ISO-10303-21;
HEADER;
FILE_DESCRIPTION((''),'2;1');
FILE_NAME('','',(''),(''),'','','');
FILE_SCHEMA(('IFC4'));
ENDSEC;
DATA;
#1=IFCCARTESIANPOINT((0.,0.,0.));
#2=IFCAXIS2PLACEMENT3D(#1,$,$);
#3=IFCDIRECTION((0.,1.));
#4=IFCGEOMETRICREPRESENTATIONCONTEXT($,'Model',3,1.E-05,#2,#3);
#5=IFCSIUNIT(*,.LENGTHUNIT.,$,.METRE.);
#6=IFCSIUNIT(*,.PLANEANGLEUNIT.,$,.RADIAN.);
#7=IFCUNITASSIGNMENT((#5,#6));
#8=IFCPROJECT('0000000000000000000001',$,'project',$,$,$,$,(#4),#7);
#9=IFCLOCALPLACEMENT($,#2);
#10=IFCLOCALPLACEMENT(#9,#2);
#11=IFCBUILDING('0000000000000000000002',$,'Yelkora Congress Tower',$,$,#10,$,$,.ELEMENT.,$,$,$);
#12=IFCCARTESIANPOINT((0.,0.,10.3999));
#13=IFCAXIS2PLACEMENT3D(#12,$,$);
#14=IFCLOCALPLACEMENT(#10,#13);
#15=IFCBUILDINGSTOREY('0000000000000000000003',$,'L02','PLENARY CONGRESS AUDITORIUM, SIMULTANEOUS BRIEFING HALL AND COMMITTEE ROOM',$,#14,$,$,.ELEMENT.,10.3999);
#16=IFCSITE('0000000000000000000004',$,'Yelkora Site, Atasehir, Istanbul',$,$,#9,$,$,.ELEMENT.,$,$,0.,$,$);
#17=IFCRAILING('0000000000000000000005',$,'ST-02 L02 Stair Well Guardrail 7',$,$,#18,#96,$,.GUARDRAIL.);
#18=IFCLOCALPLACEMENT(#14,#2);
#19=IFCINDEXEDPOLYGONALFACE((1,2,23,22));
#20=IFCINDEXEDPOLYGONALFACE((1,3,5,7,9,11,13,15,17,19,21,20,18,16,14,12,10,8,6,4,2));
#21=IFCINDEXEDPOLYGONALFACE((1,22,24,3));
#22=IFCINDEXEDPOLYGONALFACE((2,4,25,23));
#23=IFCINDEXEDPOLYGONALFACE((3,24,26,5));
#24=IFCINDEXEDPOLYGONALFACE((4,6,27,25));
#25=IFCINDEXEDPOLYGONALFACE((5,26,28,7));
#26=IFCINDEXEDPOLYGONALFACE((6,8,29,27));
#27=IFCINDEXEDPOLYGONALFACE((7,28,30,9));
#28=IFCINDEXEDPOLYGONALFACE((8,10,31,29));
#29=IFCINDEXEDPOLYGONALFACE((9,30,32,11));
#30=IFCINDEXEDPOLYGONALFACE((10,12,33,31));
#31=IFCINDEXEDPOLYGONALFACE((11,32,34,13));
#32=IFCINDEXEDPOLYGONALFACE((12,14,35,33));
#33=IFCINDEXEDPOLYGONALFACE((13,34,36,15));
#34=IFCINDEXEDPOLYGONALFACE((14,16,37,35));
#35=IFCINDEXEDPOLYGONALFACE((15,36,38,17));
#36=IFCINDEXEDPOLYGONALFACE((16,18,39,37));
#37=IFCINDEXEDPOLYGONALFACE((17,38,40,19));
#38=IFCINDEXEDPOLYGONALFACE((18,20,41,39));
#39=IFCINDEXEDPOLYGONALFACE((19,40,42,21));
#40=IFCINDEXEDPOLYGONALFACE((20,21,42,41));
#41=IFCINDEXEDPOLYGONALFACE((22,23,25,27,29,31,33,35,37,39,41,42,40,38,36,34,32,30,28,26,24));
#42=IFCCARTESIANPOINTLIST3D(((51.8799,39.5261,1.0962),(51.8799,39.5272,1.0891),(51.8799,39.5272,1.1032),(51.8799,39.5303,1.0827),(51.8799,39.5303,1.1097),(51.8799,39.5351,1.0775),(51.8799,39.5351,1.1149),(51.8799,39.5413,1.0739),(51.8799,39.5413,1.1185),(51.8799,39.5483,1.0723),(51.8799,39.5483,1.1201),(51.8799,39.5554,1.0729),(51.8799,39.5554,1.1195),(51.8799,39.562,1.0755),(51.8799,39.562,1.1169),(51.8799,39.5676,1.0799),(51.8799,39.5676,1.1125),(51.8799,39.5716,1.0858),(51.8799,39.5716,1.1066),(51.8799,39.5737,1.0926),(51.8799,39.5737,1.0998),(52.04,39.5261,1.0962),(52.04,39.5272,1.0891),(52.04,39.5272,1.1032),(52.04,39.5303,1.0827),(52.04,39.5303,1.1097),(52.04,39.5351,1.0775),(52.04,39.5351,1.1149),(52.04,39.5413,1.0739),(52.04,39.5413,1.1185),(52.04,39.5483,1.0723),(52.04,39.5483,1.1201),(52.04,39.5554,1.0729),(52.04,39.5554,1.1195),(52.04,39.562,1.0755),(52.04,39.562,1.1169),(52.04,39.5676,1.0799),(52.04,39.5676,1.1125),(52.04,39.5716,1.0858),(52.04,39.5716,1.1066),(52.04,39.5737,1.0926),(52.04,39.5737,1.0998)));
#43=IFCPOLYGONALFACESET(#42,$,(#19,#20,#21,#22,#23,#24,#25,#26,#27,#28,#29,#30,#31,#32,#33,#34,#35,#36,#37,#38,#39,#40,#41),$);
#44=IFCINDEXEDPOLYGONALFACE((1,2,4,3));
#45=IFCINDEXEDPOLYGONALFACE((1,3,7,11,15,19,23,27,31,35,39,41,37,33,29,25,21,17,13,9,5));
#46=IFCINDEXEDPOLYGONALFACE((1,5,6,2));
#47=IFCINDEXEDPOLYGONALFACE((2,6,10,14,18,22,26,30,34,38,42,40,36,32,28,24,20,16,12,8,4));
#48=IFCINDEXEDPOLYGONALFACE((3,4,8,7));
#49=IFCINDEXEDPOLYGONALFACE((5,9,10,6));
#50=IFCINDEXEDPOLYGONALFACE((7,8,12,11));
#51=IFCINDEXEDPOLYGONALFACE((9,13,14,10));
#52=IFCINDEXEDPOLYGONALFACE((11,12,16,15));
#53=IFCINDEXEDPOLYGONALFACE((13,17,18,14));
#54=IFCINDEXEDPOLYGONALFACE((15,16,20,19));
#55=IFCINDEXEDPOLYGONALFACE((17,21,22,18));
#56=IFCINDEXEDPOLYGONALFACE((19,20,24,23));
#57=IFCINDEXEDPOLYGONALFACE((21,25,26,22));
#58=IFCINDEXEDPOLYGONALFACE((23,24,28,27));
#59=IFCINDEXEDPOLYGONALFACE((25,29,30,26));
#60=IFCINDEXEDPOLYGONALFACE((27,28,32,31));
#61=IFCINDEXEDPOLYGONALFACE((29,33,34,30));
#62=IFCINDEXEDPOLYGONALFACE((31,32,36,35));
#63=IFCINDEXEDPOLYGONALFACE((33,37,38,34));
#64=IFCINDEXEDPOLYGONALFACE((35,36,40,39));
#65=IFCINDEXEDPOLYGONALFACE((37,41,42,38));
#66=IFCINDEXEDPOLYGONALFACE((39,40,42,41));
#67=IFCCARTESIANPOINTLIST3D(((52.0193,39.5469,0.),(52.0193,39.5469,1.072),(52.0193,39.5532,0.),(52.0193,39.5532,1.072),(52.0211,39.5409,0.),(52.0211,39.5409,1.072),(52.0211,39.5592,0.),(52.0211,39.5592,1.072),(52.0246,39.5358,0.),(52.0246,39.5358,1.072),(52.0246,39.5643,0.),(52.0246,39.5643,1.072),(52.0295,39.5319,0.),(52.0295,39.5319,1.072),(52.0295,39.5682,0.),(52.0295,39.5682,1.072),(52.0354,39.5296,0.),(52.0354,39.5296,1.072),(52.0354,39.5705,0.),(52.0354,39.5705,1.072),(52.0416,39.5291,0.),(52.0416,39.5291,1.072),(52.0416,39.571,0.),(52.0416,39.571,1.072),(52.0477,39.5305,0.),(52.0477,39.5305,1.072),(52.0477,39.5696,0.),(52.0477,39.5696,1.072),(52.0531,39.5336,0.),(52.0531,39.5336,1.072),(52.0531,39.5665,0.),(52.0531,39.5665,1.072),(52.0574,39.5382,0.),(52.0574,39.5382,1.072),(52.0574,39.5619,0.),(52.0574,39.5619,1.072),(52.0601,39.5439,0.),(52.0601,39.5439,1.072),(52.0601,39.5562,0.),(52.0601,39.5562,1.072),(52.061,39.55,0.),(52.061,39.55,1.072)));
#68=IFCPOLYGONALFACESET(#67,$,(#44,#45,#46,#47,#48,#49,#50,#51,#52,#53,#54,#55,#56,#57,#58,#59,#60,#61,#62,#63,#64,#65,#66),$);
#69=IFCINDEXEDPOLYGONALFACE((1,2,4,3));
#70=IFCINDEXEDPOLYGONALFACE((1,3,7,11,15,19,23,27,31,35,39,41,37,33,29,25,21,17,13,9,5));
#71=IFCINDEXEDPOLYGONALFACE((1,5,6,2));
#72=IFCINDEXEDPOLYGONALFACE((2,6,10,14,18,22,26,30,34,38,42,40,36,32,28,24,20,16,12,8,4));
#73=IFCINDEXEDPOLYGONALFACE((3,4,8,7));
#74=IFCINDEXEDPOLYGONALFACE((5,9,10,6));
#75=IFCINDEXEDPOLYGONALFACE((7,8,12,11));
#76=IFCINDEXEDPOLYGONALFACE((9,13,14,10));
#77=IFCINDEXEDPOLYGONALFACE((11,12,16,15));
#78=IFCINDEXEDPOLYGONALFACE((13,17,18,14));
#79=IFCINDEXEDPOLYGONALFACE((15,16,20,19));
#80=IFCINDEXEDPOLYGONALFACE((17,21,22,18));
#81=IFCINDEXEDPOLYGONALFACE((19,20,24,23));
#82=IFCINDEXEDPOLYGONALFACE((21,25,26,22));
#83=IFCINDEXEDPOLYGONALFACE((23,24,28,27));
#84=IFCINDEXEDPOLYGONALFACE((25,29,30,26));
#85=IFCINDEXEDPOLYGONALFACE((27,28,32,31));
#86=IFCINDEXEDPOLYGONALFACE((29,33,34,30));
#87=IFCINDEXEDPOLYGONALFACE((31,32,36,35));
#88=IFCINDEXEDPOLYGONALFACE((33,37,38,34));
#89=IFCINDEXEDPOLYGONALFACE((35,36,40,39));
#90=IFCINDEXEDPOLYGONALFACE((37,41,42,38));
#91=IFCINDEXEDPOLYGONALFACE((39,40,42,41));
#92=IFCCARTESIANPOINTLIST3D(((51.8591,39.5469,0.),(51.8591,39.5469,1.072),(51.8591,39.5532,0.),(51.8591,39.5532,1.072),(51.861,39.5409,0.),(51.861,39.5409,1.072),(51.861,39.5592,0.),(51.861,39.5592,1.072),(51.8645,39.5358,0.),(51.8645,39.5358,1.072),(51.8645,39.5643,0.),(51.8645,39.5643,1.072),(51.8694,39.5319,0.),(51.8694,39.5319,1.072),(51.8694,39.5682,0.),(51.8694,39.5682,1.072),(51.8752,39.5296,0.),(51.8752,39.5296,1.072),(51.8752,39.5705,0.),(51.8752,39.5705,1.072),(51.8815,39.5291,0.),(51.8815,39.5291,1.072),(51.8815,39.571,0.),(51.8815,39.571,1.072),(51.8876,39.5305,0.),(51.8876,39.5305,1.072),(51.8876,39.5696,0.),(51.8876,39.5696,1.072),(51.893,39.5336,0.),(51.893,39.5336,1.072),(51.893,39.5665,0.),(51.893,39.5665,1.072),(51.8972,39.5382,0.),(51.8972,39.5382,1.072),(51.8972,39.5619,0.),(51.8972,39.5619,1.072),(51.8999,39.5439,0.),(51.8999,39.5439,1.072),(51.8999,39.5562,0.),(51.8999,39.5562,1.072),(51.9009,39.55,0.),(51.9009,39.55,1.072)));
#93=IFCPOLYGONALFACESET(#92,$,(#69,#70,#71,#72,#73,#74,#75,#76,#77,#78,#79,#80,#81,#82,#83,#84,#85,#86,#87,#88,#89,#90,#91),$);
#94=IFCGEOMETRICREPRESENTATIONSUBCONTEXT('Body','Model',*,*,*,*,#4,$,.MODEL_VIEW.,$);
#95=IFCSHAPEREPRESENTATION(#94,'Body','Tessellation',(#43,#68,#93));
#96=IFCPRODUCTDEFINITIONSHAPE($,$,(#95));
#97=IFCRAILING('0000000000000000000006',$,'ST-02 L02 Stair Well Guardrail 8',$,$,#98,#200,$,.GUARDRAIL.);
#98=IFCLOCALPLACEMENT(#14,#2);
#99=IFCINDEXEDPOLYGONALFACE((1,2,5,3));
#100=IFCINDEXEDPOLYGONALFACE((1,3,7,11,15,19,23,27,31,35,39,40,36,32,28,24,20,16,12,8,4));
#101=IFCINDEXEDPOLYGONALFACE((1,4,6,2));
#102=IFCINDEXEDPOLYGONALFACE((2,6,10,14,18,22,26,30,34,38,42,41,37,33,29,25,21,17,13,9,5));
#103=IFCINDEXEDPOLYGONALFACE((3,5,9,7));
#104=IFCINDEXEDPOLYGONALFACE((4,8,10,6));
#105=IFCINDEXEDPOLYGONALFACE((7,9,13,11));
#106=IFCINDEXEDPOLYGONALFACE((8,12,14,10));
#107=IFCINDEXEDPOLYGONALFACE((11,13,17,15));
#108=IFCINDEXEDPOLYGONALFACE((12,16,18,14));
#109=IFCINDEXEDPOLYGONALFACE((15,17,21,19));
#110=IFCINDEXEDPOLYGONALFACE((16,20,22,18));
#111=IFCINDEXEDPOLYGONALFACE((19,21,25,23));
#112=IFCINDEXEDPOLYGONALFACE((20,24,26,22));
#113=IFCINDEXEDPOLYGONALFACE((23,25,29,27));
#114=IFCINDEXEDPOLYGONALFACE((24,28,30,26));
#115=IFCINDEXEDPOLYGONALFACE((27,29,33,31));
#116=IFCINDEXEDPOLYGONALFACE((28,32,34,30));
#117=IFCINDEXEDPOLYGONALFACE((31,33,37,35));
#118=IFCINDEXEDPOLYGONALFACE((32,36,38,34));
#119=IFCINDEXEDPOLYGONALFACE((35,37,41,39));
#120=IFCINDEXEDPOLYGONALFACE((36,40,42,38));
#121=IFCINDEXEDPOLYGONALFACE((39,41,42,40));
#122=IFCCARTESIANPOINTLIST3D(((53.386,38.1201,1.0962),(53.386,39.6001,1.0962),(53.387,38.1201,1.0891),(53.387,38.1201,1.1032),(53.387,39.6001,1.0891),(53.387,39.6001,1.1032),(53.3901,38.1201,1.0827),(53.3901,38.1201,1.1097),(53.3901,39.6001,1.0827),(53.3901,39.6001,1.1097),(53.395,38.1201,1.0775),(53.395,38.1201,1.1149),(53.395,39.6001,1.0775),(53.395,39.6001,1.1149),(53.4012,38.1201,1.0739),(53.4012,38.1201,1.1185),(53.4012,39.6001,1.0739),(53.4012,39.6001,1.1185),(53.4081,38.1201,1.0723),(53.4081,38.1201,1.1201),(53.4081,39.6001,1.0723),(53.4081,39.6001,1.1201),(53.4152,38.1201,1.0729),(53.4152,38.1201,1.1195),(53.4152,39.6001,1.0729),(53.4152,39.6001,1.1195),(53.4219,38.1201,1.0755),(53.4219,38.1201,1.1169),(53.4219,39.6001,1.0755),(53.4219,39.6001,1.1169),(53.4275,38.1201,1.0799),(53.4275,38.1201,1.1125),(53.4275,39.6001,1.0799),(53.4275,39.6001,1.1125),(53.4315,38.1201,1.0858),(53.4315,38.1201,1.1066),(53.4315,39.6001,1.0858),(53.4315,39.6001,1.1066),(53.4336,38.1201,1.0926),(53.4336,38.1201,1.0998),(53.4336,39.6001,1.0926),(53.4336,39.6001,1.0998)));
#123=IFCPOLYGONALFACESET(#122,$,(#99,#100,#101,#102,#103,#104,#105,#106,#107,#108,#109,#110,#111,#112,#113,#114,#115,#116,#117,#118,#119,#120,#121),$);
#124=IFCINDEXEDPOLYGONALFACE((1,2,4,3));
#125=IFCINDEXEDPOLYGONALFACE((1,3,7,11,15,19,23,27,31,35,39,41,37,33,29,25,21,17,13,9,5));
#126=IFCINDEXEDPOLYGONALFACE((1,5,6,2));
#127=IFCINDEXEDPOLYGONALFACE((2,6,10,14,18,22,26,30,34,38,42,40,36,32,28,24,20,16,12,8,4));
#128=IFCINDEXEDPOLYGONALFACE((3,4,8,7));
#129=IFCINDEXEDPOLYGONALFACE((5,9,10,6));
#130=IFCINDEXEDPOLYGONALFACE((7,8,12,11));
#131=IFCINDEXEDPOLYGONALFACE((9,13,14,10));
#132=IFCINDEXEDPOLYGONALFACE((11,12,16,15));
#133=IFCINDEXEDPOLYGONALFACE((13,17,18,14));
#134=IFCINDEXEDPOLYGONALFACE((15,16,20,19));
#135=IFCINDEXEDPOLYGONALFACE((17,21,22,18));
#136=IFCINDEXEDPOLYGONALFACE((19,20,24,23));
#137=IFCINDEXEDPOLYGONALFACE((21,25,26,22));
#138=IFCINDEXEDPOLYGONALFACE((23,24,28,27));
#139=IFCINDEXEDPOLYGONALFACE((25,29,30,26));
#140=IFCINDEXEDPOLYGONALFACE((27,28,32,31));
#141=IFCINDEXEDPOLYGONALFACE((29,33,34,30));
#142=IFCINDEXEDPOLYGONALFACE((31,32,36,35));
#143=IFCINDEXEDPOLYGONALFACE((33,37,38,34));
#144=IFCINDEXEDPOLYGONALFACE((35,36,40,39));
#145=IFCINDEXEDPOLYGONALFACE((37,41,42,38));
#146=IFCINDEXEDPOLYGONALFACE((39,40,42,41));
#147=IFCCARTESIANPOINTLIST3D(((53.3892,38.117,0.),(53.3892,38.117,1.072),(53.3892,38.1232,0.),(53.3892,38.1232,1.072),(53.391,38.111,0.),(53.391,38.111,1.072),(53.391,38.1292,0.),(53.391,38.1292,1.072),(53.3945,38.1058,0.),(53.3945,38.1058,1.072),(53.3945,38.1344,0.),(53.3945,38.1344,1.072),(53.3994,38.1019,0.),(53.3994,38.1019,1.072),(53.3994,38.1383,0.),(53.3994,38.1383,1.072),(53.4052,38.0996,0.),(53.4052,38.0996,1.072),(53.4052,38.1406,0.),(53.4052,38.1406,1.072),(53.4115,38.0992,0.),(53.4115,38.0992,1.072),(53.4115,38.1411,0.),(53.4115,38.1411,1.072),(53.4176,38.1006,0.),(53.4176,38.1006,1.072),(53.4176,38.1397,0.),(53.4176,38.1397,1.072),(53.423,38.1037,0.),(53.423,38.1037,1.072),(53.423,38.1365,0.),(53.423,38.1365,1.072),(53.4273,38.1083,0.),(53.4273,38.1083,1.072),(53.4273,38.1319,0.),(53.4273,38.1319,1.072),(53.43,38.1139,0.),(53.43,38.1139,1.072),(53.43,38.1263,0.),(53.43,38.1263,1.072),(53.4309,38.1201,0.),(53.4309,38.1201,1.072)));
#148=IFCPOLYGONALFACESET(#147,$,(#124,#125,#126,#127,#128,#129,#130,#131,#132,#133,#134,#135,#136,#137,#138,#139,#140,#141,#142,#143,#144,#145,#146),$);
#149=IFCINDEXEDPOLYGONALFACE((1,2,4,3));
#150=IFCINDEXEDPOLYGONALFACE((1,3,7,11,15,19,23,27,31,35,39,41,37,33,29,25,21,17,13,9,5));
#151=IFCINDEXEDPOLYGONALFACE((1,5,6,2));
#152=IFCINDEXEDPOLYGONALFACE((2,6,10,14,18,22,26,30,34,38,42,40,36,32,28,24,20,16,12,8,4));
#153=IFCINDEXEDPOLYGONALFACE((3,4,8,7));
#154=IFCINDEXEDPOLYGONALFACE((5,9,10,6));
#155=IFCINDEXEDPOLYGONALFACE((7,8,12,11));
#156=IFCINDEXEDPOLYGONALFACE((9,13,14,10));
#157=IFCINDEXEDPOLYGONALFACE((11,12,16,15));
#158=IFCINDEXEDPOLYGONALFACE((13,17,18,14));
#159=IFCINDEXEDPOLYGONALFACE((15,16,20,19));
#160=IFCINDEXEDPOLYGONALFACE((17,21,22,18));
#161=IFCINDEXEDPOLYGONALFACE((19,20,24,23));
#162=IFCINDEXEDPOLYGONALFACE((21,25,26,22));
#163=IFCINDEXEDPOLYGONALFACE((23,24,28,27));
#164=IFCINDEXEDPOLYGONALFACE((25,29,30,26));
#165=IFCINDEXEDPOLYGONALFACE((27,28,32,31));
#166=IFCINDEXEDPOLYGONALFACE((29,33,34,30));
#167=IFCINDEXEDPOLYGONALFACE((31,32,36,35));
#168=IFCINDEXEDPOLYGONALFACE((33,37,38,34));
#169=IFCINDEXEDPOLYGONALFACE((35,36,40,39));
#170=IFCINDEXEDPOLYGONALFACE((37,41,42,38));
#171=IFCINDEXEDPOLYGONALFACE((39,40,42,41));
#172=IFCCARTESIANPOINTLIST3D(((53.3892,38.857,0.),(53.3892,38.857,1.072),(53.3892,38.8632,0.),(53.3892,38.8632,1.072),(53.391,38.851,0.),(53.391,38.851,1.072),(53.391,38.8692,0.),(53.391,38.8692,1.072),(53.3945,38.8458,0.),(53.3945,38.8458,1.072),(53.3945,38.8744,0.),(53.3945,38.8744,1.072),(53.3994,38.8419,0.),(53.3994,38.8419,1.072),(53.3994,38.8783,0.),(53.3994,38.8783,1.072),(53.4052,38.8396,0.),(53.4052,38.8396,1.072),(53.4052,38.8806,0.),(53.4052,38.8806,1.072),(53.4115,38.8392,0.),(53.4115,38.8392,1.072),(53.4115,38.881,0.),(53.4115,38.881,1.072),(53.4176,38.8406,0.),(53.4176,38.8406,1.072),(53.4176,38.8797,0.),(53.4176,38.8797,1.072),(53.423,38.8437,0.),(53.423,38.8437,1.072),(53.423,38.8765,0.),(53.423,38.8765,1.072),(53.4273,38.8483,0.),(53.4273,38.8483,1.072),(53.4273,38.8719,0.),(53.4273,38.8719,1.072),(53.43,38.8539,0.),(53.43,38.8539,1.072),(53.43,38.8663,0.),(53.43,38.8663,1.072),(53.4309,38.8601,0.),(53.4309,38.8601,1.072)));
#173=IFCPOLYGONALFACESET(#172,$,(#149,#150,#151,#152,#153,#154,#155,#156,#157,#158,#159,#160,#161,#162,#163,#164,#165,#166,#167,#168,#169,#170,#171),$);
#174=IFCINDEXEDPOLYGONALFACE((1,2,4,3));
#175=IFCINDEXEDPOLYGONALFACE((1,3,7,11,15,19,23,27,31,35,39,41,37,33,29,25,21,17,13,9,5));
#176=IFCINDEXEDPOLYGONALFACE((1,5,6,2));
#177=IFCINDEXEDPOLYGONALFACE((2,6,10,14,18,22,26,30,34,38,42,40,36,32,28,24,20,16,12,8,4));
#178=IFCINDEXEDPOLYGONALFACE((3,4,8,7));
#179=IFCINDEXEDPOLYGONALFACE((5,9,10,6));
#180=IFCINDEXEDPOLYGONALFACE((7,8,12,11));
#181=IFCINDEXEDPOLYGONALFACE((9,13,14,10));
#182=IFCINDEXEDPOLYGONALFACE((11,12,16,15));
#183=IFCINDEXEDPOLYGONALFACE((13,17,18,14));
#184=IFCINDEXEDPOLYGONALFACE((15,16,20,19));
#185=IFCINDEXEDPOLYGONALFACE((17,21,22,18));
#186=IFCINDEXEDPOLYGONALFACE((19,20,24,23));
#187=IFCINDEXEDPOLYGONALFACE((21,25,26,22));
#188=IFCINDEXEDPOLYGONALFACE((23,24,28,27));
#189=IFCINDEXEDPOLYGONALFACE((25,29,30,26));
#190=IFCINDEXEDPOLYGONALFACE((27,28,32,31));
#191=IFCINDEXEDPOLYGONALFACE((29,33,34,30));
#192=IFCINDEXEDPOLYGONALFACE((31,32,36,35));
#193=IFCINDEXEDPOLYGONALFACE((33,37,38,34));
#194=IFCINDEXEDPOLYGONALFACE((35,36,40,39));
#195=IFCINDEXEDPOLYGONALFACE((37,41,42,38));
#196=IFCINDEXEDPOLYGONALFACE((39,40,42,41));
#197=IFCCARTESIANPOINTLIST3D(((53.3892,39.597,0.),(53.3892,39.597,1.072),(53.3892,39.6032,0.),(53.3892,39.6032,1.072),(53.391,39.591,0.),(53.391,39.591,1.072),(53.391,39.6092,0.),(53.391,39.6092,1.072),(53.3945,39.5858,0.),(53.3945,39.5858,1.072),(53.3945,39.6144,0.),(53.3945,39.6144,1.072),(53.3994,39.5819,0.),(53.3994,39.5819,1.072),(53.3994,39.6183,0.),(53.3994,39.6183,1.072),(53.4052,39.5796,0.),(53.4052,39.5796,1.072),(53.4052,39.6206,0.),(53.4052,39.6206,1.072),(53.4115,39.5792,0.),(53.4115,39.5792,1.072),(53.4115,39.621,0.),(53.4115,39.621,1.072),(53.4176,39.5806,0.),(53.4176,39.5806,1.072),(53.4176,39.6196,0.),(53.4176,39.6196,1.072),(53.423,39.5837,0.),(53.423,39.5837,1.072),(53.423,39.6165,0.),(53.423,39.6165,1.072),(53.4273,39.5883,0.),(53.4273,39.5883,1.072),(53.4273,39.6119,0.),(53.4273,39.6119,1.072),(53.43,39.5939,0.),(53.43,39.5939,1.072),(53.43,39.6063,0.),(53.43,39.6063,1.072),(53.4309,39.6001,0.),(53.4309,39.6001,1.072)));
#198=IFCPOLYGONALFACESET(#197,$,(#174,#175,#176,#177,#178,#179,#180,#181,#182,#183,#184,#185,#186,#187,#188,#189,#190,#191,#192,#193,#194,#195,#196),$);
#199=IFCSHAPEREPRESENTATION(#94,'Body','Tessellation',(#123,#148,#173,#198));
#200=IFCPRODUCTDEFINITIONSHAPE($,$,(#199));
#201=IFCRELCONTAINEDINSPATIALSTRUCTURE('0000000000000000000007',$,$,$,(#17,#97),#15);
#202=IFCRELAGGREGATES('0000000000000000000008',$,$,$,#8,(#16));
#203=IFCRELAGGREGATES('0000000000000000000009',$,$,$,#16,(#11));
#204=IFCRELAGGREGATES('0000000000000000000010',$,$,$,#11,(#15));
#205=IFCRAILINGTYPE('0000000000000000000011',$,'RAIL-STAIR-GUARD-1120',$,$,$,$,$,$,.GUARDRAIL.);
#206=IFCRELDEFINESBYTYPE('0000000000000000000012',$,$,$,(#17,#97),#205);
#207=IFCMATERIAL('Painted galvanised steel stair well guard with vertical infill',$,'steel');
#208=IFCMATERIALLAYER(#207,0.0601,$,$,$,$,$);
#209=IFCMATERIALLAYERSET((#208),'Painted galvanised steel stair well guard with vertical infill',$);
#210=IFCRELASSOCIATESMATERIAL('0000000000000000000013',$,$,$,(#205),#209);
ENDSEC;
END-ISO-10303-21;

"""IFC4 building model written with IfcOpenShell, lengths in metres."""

from ifc_helpers import new_model, si_unit, direction, frame, origin, origin_2d, place, context, subcontext, project, spatial, circle, extrude, material, layer, layer_set, type_object, element, save


model = new_model("IFC4")

# Units and contexts
model_context = context("Model", 3, precision=1e-05, world=origin(), true_north=direction((0.0, 1.0)))
body_context = subcontext(model_context, "Body", "Model", "MODEL_VIEW")
ifc_project = project(units=[si_unit("LENGTHUNIT", "METRE"), si_unit("PLANEANGLEUNIT", "RADIAN")], contexts=[model_context])

# Site, building, storey
site_placement = place(None, origin())
site = spatial("IfcSite", under=ifc_project, at=site_placement, Name="Yelkora Site, Atasehir, Istanbul", CompositionType="ELEMENT", RefElevation=0.0)
building_placement = place(site_placement, origin())
building = spatial("IfcBuilding", under=site, at=building_placement, Name="Yelkora Congress Tower", CompositionType="ELEMENT")
storey_placement = place(building_placement, frame((0.0, 0.0, 10.3999)))
storey = spatial("IfcBuildingStorey", under=building, at=storey_placement, Name="L02", Description="PLENARY CONGRESS AUDITORIUM, SIMULTANEOUS BRIEFING HALL AND COMMITTEE ROOM", CompositionType="ELEMENT", Elevation=10.3999)

# Railings
ifc_material_1 = material(Name="Painted galvanised steel stair well guard with vertical infill", Category="steel")
ifc_layer_1 = layer(ifc_material_1, 0.0601)
ifc_layer_set_1 = layer_set([ifc_layer_1], Name="Painted galvanised steel stair well guard with vertical infill")
railing_type_1 = type_object("IfcRailingType", Name="RAIL-STAIR-GUARD-1120", PredefinedType="GUARDRAIL", material=ifc_layer_set_1)
railing_1_placement = place(storey_placement, frame((52.04, 39.55, 0.0)))
element("IfcRailing", 1, at=railing_1_placement, inside=storey, type_object=railing_type_1, Name="ST-02 L02 Stair Well Guardrail 7", PredefinedType="GUARDRAIL", context=body_context, shape_type="SweptSolid", body=[
    extrude(circle(Radius=0.0239, at=origin_2d()), frame((0.0, 0.0, 1.0962), z_axis=(-1.0, 0.0, 0.0), x_axis=(0.0, -1.0, 0.0)), (0.0, 0.0, 1.0), 0.1602),
    extrude(circle(Radius=0.021, at=origin_2d()), origin(), (0.0, 0.0, 1.0), 1.072),
    extrude(circle(Radius=0.021, at=origin_2d()), frame((-0.1602, 0.0, 0.0)), (0.0, 0.0, 1.0), 1.072),
])
for number, where, name in (
    (2, (53.4099, 38.1201, 0.0), "ST-02 L02 Stair Well Guardrail 8"),
):
    element("IfcRailing", number, at=place(storey_placement, frame(where)), inside=storey, type_object=railing_type_1, Name=name, PredefinedType="GUARDRAIL", context=body_context, shape_type="SweptSolid", body=[
        extrude(circle(Radius=0.0239, at=origin_2d()), frame((0.0, 0.0, 1.0962), z_axis=(0.0, 1.0, 0.0), x_axis=(-1.0, 0.0, 0.0)), (0.0, 0.0, 1.0), 1.48),
        extrude(circle(Radius=0.021, at=origin_2d()), origin(), (0.0, 0.0, 1.0), 1.072),
        extrude(circle(Radius=0.021, at=origin_2d()), frame((0.0, 0.74, 0.0)), (0.0, 0.0, 1.0), 1.072),
        extrude(circle(Radius=0.021, at=origin_2d()), frame((0.0, 1.48, 0.0)), (0.0, 0.0, 1.0), 1.072),
    ])

save(model, "model.ifc")
